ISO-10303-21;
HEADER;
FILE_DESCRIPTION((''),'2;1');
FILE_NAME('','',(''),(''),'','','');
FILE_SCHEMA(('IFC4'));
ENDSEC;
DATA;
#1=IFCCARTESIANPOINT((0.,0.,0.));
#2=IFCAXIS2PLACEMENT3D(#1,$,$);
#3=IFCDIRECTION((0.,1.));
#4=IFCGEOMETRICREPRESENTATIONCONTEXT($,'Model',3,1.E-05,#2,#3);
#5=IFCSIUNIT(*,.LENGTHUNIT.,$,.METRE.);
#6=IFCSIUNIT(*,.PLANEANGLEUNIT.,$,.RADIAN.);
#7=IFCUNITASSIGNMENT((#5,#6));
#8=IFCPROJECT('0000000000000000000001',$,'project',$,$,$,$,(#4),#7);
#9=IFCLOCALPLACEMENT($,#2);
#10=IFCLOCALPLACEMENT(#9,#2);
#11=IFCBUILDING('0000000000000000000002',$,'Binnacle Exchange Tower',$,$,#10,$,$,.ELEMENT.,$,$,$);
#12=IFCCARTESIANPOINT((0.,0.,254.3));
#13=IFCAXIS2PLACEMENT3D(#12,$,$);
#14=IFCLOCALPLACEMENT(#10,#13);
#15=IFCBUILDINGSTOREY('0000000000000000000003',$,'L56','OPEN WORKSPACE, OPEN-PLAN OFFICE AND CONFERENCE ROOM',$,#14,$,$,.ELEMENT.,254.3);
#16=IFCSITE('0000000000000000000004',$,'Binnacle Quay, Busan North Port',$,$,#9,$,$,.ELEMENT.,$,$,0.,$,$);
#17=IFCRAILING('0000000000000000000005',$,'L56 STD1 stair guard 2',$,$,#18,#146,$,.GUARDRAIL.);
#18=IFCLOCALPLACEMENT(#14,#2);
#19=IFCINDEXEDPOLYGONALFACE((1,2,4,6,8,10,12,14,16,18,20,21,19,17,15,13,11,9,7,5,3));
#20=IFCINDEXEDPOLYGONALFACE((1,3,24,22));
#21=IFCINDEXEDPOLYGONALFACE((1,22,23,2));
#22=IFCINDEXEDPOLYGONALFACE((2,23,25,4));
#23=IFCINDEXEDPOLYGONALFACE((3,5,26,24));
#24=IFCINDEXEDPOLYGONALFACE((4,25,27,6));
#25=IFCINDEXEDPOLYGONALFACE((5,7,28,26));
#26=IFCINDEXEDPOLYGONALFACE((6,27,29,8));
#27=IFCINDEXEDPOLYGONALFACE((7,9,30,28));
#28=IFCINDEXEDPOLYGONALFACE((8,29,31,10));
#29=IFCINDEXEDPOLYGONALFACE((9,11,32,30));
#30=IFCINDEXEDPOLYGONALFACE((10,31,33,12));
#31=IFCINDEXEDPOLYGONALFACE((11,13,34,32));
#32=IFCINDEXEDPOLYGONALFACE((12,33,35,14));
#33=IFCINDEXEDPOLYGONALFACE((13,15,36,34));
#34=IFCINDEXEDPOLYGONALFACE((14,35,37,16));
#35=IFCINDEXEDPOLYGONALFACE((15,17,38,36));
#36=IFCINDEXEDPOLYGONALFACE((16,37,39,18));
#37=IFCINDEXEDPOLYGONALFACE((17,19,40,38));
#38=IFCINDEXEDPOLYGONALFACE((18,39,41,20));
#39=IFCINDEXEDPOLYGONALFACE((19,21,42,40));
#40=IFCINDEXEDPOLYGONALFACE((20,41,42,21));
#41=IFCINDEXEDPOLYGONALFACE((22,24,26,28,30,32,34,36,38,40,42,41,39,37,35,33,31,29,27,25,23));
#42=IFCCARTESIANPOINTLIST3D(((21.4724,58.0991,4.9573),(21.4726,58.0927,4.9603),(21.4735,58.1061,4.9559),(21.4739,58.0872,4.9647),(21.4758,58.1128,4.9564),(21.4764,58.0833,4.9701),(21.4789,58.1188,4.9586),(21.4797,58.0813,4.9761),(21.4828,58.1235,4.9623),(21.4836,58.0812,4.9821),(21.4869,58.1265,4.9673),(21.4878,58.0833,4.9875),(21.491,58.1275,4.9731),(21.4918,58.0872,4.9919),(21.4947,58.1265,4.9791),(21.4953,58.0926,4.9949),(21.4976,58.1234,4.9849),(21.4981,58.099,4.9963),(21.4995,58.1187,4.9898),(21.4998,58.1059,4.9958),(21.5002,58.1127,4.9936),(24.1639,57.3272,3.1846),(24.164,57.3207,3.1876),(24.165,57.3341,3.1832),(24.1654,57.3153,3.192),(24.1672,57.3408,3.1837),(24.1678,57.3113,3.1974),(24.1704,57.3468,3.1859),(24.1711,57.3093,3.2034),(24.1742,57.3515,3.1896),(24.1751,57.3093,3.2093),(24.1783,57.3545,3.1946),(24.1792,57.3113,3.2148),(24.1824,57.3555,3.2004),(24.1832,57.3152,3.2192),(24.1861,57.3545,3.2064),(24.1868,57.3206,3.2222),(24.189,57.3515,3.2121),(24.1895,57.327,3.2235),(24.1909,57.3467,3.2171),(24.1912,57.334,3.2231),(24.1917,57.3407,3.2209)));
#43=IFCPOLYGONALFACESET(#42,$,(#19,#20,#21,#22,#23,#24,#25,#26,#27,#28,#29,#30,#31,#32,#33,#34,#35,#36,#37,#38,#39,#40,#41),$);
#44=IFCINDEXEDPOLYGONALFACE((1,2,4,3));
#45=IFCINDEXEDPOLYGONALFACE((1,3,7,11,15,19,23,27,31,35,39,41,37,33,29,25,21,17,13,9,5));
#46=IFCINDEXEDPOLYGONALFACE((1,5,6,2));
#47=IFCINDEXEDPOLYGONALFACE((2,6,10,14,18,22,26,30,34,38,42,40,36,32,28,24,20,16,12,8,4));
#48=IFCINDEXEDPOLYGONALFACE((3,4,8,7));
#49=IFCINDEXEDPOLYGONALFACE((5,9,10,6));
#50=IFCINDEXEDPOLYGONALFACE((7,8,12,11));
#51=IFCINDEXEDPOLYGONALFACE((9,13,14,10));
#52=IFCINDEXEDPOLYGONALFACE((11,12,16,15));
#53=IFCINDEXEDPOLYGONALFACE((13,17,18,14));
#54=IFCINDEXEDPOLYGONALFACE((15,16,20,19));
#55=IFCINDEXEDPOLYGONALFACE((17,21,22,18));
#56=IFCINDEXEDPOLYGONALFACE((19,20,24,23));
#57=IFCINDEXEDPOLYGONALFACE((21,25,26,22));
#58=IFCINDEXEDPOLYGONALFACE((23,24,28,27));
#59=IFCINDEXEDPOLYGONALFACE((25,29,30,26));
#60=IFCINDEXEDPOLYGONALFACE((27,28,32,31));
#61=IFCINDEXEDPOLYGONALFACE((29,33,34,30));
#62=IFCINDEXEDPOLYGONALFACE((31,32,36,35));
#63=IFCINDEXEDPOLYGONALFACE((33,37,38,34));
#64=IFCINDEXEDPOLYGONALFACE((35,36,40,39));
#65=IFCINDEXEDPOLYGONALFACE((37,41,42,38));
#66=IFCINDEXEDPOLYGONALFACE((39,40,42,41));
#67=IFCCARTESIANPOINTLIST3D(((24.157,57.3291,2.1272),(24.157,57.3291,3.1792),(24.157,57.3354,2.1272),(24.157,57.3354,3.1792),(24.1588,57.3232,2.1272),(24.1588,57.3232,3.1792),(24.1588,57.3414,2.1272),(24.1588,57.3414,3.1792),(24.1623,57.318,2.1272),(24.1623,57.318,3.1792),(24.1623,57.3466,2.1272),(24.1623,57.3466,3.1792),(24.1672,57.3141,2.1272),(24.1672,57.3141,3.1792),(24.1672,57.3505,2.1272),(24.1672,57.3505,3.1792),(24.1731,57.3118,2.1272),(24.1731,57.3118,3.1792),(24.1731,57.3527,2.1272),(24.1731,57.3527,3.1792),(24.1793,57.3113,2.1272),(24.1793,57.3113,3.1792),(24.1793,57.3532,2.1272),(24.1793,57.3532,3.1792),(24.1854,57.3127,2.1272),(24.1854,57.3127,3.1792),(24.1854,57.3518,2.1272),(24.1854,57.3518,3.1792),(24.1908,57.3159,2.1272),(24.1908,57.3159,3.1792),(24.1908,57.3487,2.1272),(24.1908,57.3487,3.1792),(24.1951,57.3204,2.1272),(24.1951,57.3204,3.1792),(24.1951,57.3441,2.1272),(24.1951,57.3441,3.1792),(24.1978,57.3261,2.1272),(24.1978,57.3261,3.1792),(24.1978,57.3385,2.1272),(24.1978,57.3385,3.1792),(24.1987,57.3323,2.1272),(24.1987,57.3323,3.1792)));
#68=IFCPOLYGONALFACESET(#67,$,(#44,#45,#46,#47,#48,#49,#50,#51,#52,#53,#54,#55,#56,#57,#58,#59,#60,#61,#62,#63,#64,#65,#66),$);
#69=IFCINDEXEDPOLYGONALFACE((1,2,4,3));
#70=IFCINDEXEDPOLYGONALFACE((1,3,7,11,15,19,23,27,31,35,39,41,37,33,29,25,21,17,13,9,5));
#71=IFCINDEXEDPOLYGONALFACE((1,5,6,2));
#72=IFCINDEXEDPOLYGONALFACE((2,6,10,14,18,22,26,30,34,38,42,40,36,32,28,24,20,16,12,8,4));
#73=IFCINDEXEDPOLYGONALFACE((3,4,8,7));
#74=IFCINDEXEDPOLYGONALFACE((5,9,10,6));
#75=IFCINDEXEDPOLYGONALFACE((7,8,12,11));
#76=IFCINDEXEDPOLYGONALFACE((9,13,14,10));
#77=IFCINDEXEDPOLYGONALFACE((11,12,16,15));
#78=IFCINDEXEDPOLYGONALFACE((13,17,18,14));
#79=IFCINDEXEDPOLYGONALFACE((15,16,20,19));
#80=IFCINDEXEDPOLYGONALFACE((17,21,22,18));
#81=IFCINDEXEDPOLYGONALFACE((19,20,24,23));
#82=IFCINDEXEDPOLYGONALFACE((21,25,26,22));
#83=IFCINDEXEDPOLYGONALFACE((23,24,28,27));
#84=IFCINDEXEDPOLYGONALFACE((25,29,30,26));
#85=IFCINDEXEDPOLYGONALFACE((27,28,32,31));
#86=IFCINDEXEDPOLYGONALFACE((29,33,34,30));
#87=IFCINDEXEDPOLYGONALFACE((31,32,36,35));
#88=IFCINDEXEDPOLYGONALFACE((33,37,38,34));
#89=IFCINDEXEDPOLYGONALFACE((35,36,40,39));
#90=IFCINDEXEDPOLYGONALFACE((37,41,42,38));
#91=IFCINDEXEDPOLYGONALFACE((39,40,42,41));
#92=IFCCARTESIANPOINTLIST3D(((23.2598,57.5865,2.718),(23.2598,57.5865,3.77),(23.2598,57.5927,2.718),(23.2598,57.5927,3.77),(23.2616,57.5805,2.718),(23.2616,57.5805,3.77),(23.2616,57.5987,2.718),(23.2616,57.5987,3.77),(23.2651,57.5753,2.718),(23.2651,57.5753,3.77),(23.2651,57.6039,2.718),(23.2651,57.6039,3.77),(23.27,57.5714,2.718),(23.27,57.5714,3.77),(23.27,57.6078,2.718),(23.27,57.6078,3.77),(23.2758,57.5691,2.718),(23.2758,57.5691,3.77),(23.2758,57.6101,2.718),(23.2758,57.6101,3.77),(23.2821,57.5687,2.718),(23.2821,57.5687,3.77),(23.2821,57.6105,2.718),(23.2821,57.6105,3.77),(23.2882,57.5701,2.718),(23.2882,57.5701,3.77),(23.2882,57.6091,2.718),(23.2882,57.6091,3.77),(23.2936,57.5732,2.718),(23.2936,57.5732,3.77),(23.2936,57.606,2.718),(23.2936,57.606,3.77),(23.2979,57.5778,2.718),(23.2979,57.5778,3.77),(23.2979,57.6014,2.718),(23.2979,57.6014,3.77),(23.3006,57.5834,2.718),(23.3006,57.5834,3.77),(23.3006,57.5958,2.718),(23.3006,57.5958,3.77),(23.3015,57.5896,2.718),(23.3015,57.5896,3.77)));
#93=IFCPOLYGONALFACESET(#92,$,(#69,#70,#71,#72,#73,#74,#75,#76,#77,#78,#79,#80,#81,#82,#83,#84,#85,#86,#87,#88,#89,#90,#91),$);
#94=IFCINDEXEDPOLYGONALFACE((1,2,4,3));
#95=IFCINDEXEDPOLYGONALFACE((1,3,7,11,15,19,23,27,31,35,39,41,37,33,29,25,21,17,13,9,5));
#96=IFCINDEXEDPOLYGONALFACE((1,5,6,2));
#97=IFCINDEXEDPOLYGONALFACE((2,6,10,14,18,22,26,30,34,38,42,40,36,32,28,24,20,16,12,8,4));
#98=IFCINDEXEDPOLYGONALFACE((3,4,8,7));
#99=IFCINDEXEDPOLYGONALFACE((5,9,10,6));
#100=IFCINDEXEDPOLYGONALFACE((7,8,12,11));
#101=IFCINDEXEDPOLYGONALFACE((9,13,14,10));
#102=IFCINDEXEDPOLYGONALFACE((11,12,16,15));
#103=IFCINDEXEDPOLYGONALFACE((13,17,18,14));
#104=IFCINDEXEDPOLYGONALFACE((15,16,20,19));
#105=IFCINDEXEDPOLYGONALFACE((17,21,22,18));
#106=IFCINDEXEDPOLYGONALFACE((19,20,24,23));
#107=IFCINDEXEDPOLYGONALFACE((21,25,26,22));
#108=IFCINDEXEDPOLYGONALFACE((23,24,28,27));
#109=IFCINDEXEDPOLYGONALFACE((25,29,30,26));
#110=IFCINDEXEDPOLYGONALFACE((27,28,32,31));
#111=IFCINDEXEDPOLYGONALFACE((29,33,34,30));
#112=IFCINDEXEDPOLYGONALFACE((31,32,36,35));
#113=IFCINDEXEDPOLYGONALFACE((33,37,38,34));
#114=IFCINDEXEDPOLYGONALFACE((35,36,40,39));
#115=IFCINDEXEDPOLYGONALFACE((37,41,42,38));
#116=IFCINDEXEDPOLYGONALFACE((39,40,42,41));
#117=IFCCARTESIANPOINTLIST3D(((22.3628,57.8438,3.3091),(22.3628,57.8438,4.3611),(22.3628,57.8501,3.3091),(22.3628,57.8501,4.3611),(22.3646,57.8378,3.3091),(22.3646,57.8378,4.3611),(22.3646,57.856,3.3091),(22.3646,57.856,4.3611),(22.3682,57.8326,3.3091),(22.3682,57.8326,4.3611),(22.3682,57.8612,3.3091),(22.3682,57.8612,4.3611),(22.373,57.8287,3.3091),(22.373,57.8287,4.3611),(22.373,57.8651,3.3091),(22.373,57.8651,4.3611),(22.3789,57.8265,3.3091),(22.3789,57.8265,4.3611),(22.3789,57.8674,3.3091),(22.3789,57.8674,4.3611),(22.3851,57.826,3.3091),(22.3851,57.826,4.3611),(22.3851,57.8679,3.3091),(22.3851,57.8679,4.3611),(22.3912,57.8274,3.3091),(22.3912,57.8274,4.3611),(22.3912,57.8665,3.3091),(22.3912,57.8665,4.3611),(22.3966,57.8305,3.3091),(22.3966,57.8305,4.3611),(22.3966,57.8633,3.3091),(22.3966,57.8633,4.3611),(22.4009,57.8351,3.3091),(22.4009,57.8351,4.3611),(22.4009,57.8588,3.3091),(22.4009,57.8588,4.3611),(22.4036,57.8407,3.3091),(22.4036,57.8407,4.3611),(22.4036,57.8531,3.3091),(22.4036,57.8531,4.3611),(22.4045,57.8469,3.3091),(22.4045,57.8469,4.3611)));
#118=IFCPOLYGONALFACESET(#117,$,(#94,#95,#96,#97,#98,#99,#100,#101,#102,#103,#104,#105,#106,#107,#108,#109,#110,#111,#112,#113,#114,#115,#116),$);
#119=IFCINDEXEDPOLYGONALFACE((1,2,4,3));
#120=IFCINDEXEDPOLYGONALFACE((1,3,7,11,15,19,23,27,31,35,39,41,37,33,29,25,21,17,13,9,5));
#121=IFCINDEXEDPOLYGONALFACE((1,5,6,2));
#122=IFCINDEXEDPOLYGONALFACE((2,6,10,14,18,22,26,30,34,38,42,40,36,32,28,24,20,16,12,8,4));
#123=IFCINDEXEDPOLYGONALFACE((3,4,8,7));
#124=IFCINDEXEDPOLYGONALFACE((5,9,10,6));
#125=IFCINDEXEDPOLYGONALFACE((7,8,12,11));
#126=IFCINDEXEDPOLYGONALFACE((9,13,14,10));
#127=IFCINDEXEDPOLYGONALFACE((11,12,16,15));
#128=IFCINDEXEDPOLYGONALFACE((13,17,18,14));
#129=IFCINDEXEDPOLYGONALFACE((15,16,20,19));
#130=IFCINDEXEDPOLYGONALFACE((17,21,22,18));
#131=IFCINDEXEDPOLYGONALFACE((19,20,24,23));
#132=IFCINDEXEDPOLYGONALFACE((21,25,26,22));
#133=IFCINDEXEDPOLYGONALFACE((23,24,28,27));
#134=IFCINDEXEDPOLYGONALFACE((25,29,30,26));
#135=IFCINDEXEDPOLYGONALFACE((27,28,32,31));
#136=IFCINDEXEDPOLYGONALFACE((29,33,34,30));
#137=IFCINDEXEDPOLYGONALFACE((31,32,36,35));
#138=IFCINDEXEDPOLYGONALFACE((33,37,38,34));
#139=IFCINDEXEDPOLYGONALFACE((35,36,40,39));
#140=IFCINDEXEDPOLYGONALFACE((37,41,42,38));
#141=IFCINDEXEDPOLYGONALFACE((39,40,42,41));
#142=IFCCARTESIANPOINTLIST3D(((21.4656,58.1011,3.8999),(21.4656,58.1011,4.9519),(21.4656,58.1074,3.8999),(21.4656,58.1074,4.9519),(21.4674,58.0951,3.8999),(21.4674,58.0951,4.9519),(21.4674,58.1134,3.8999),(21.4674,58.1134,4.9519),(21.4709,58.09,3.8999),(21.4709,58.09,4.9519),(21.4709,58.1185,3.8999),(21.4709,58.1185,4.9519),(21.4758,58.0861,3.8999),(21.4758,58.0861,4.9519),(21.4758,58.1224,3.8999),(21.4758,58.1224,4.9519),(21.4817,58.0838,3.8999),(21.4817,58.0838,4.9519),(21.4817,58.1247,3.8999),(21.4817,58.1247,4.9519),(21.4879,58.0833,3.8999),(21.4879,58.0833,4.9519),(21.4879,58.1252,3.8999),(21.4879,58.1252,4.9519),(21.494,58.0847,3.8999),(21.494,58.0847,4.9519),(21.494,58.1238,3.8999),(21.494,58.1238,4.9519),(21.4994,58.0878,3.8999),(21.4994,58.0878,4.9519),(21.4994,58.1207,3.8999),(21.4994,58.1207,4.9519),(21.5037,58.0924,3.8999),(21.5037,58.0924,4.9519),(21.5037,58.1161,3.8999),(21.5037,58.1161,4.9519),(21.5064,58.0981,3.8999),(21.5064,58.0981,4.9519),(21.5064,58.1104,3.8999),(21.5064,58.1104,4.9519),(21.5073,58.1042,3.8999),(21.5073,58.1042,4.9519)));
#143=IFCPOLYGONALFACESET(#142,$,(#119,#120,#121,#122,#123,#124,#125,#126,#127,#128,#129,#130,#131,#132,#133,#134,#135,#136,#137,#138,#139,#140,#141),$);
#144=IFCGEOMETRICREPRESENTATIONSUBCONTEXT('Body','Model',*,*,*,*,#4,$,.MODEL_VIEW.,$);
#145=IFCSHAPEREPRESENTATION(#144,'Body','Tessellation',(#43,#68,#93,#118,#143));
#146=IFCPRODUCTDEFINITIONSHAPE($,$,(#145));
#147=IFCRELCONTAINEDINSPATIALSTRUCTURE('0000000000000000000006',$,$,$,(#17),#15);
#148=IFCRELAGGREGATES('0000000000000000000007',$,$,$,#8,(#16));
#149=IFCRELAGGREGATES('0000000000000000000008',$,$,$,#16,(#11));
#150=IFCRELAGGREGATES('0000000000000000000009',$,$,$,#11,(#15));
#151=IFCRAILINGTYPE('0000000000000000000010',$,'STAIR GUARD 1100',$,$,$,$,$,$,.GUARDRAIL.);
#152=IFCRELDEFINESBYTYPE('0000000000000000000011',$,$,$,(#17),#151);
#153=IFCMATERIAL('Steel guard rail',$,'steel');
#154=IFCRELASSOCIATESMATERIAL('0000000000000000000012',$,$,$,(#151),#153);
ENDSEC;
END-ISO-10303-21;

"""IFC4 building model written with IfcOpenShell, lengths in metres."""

from ifc_helpers import new_model, si_unit, direction, frame, origin, origin_2d, place, context, subcontext, project, spatial, circle, extrude, material, type_object, element, save


model = new_model("IFC4")

# Units and contexts
model_context = context("Model", 3, precision=1e-05, world=origin(), true_north=direction((0.0, 1.0)))
body_context = subcontext(model_context, "Body", "Model", "MODEL_VIEW")
ifc_project = project(units=[si_unit("LENGTHUNIT", "METRE"), si_unit("PLANEANGLEUNIT", "RADIAN")], contexts=[model_context])

# Site, building, storey
site_placement = place(None, origin())
site = spatial("IfcSite", under=ifc_project, at=site_placement, Name="Binnacle Quay, Busan North Port", CompositionType="ELEMENT", RefElevation=0.0)
building_placement = place(site_placement, origin())
building = spatial("IfcBuilding", under=site, at=building_placement, Name="Binnacle Exchange Tower", CompositionType="ELEMENT")
storey_placement = place(building_placement, frame((0.0, 0.0, 254.3)))
storey = spatial("IfcBuildingStorey", under=building, at=storey_placement, Name="L56", Description="OPEN WORKSPACE, OPEN-PLAN OFFICE AND CONFERENCE ROOM", CompositionType="ELEMENT", Elevation=254.3)

# Railing
ifc_material_1 = material(Name="Steel guard rail", Category="steel")
railing_type = type_object("IfcRailingType", Name="STAIR GUARD 1100", PredefinedType="GUARDRAIL", material=ifc_material_1)
railing_1_placement = place(storey_placement, frame((24.1777, 57.3323, 2.1272)))
element("IfcRailing", 1, at=railing_1_placement, inside=storey, type_object=railing_type, Name="L56 STD1 stair guard 2", PredefinedType="GUARDRAIL", context=body_context, shape_type="SweptSolid", body=[
    extrude(circle(Radius=0.0239, at=origin_2d()), frame((0.0, 0.0, 1.0762), z_axis=(-0.812151, 0.232948, 0.534926), x_axis=(-0.275711, -0.96124, 0.0)), (0.0, 0.0, 1.0), 3.314),
    extrude(circle(Radius=0.021, at=origin_2d()), origin(), (0.0, 0.0, 1.0), 1.052),
    extrude(circle(Radius=0.021, at=origin_2d()), frame((-0.8972, 0.2573, 0.5908)), (0.0, 0.0, 1.0), 1.052),
    extrude(circle(Radius=0.021, at=origin_2d()), frame((-1.7942, 0.5146, 1.1819)), (0.0, 0.0, 1.0), 1.052),
    extrude(circle(Radius=0.021, at=origin_2d()), frame((-2.6914, 0.772, 1.7727)), (0.0, 0.0, 1.0), 1.052),
])

save(model, "model.ifc")
